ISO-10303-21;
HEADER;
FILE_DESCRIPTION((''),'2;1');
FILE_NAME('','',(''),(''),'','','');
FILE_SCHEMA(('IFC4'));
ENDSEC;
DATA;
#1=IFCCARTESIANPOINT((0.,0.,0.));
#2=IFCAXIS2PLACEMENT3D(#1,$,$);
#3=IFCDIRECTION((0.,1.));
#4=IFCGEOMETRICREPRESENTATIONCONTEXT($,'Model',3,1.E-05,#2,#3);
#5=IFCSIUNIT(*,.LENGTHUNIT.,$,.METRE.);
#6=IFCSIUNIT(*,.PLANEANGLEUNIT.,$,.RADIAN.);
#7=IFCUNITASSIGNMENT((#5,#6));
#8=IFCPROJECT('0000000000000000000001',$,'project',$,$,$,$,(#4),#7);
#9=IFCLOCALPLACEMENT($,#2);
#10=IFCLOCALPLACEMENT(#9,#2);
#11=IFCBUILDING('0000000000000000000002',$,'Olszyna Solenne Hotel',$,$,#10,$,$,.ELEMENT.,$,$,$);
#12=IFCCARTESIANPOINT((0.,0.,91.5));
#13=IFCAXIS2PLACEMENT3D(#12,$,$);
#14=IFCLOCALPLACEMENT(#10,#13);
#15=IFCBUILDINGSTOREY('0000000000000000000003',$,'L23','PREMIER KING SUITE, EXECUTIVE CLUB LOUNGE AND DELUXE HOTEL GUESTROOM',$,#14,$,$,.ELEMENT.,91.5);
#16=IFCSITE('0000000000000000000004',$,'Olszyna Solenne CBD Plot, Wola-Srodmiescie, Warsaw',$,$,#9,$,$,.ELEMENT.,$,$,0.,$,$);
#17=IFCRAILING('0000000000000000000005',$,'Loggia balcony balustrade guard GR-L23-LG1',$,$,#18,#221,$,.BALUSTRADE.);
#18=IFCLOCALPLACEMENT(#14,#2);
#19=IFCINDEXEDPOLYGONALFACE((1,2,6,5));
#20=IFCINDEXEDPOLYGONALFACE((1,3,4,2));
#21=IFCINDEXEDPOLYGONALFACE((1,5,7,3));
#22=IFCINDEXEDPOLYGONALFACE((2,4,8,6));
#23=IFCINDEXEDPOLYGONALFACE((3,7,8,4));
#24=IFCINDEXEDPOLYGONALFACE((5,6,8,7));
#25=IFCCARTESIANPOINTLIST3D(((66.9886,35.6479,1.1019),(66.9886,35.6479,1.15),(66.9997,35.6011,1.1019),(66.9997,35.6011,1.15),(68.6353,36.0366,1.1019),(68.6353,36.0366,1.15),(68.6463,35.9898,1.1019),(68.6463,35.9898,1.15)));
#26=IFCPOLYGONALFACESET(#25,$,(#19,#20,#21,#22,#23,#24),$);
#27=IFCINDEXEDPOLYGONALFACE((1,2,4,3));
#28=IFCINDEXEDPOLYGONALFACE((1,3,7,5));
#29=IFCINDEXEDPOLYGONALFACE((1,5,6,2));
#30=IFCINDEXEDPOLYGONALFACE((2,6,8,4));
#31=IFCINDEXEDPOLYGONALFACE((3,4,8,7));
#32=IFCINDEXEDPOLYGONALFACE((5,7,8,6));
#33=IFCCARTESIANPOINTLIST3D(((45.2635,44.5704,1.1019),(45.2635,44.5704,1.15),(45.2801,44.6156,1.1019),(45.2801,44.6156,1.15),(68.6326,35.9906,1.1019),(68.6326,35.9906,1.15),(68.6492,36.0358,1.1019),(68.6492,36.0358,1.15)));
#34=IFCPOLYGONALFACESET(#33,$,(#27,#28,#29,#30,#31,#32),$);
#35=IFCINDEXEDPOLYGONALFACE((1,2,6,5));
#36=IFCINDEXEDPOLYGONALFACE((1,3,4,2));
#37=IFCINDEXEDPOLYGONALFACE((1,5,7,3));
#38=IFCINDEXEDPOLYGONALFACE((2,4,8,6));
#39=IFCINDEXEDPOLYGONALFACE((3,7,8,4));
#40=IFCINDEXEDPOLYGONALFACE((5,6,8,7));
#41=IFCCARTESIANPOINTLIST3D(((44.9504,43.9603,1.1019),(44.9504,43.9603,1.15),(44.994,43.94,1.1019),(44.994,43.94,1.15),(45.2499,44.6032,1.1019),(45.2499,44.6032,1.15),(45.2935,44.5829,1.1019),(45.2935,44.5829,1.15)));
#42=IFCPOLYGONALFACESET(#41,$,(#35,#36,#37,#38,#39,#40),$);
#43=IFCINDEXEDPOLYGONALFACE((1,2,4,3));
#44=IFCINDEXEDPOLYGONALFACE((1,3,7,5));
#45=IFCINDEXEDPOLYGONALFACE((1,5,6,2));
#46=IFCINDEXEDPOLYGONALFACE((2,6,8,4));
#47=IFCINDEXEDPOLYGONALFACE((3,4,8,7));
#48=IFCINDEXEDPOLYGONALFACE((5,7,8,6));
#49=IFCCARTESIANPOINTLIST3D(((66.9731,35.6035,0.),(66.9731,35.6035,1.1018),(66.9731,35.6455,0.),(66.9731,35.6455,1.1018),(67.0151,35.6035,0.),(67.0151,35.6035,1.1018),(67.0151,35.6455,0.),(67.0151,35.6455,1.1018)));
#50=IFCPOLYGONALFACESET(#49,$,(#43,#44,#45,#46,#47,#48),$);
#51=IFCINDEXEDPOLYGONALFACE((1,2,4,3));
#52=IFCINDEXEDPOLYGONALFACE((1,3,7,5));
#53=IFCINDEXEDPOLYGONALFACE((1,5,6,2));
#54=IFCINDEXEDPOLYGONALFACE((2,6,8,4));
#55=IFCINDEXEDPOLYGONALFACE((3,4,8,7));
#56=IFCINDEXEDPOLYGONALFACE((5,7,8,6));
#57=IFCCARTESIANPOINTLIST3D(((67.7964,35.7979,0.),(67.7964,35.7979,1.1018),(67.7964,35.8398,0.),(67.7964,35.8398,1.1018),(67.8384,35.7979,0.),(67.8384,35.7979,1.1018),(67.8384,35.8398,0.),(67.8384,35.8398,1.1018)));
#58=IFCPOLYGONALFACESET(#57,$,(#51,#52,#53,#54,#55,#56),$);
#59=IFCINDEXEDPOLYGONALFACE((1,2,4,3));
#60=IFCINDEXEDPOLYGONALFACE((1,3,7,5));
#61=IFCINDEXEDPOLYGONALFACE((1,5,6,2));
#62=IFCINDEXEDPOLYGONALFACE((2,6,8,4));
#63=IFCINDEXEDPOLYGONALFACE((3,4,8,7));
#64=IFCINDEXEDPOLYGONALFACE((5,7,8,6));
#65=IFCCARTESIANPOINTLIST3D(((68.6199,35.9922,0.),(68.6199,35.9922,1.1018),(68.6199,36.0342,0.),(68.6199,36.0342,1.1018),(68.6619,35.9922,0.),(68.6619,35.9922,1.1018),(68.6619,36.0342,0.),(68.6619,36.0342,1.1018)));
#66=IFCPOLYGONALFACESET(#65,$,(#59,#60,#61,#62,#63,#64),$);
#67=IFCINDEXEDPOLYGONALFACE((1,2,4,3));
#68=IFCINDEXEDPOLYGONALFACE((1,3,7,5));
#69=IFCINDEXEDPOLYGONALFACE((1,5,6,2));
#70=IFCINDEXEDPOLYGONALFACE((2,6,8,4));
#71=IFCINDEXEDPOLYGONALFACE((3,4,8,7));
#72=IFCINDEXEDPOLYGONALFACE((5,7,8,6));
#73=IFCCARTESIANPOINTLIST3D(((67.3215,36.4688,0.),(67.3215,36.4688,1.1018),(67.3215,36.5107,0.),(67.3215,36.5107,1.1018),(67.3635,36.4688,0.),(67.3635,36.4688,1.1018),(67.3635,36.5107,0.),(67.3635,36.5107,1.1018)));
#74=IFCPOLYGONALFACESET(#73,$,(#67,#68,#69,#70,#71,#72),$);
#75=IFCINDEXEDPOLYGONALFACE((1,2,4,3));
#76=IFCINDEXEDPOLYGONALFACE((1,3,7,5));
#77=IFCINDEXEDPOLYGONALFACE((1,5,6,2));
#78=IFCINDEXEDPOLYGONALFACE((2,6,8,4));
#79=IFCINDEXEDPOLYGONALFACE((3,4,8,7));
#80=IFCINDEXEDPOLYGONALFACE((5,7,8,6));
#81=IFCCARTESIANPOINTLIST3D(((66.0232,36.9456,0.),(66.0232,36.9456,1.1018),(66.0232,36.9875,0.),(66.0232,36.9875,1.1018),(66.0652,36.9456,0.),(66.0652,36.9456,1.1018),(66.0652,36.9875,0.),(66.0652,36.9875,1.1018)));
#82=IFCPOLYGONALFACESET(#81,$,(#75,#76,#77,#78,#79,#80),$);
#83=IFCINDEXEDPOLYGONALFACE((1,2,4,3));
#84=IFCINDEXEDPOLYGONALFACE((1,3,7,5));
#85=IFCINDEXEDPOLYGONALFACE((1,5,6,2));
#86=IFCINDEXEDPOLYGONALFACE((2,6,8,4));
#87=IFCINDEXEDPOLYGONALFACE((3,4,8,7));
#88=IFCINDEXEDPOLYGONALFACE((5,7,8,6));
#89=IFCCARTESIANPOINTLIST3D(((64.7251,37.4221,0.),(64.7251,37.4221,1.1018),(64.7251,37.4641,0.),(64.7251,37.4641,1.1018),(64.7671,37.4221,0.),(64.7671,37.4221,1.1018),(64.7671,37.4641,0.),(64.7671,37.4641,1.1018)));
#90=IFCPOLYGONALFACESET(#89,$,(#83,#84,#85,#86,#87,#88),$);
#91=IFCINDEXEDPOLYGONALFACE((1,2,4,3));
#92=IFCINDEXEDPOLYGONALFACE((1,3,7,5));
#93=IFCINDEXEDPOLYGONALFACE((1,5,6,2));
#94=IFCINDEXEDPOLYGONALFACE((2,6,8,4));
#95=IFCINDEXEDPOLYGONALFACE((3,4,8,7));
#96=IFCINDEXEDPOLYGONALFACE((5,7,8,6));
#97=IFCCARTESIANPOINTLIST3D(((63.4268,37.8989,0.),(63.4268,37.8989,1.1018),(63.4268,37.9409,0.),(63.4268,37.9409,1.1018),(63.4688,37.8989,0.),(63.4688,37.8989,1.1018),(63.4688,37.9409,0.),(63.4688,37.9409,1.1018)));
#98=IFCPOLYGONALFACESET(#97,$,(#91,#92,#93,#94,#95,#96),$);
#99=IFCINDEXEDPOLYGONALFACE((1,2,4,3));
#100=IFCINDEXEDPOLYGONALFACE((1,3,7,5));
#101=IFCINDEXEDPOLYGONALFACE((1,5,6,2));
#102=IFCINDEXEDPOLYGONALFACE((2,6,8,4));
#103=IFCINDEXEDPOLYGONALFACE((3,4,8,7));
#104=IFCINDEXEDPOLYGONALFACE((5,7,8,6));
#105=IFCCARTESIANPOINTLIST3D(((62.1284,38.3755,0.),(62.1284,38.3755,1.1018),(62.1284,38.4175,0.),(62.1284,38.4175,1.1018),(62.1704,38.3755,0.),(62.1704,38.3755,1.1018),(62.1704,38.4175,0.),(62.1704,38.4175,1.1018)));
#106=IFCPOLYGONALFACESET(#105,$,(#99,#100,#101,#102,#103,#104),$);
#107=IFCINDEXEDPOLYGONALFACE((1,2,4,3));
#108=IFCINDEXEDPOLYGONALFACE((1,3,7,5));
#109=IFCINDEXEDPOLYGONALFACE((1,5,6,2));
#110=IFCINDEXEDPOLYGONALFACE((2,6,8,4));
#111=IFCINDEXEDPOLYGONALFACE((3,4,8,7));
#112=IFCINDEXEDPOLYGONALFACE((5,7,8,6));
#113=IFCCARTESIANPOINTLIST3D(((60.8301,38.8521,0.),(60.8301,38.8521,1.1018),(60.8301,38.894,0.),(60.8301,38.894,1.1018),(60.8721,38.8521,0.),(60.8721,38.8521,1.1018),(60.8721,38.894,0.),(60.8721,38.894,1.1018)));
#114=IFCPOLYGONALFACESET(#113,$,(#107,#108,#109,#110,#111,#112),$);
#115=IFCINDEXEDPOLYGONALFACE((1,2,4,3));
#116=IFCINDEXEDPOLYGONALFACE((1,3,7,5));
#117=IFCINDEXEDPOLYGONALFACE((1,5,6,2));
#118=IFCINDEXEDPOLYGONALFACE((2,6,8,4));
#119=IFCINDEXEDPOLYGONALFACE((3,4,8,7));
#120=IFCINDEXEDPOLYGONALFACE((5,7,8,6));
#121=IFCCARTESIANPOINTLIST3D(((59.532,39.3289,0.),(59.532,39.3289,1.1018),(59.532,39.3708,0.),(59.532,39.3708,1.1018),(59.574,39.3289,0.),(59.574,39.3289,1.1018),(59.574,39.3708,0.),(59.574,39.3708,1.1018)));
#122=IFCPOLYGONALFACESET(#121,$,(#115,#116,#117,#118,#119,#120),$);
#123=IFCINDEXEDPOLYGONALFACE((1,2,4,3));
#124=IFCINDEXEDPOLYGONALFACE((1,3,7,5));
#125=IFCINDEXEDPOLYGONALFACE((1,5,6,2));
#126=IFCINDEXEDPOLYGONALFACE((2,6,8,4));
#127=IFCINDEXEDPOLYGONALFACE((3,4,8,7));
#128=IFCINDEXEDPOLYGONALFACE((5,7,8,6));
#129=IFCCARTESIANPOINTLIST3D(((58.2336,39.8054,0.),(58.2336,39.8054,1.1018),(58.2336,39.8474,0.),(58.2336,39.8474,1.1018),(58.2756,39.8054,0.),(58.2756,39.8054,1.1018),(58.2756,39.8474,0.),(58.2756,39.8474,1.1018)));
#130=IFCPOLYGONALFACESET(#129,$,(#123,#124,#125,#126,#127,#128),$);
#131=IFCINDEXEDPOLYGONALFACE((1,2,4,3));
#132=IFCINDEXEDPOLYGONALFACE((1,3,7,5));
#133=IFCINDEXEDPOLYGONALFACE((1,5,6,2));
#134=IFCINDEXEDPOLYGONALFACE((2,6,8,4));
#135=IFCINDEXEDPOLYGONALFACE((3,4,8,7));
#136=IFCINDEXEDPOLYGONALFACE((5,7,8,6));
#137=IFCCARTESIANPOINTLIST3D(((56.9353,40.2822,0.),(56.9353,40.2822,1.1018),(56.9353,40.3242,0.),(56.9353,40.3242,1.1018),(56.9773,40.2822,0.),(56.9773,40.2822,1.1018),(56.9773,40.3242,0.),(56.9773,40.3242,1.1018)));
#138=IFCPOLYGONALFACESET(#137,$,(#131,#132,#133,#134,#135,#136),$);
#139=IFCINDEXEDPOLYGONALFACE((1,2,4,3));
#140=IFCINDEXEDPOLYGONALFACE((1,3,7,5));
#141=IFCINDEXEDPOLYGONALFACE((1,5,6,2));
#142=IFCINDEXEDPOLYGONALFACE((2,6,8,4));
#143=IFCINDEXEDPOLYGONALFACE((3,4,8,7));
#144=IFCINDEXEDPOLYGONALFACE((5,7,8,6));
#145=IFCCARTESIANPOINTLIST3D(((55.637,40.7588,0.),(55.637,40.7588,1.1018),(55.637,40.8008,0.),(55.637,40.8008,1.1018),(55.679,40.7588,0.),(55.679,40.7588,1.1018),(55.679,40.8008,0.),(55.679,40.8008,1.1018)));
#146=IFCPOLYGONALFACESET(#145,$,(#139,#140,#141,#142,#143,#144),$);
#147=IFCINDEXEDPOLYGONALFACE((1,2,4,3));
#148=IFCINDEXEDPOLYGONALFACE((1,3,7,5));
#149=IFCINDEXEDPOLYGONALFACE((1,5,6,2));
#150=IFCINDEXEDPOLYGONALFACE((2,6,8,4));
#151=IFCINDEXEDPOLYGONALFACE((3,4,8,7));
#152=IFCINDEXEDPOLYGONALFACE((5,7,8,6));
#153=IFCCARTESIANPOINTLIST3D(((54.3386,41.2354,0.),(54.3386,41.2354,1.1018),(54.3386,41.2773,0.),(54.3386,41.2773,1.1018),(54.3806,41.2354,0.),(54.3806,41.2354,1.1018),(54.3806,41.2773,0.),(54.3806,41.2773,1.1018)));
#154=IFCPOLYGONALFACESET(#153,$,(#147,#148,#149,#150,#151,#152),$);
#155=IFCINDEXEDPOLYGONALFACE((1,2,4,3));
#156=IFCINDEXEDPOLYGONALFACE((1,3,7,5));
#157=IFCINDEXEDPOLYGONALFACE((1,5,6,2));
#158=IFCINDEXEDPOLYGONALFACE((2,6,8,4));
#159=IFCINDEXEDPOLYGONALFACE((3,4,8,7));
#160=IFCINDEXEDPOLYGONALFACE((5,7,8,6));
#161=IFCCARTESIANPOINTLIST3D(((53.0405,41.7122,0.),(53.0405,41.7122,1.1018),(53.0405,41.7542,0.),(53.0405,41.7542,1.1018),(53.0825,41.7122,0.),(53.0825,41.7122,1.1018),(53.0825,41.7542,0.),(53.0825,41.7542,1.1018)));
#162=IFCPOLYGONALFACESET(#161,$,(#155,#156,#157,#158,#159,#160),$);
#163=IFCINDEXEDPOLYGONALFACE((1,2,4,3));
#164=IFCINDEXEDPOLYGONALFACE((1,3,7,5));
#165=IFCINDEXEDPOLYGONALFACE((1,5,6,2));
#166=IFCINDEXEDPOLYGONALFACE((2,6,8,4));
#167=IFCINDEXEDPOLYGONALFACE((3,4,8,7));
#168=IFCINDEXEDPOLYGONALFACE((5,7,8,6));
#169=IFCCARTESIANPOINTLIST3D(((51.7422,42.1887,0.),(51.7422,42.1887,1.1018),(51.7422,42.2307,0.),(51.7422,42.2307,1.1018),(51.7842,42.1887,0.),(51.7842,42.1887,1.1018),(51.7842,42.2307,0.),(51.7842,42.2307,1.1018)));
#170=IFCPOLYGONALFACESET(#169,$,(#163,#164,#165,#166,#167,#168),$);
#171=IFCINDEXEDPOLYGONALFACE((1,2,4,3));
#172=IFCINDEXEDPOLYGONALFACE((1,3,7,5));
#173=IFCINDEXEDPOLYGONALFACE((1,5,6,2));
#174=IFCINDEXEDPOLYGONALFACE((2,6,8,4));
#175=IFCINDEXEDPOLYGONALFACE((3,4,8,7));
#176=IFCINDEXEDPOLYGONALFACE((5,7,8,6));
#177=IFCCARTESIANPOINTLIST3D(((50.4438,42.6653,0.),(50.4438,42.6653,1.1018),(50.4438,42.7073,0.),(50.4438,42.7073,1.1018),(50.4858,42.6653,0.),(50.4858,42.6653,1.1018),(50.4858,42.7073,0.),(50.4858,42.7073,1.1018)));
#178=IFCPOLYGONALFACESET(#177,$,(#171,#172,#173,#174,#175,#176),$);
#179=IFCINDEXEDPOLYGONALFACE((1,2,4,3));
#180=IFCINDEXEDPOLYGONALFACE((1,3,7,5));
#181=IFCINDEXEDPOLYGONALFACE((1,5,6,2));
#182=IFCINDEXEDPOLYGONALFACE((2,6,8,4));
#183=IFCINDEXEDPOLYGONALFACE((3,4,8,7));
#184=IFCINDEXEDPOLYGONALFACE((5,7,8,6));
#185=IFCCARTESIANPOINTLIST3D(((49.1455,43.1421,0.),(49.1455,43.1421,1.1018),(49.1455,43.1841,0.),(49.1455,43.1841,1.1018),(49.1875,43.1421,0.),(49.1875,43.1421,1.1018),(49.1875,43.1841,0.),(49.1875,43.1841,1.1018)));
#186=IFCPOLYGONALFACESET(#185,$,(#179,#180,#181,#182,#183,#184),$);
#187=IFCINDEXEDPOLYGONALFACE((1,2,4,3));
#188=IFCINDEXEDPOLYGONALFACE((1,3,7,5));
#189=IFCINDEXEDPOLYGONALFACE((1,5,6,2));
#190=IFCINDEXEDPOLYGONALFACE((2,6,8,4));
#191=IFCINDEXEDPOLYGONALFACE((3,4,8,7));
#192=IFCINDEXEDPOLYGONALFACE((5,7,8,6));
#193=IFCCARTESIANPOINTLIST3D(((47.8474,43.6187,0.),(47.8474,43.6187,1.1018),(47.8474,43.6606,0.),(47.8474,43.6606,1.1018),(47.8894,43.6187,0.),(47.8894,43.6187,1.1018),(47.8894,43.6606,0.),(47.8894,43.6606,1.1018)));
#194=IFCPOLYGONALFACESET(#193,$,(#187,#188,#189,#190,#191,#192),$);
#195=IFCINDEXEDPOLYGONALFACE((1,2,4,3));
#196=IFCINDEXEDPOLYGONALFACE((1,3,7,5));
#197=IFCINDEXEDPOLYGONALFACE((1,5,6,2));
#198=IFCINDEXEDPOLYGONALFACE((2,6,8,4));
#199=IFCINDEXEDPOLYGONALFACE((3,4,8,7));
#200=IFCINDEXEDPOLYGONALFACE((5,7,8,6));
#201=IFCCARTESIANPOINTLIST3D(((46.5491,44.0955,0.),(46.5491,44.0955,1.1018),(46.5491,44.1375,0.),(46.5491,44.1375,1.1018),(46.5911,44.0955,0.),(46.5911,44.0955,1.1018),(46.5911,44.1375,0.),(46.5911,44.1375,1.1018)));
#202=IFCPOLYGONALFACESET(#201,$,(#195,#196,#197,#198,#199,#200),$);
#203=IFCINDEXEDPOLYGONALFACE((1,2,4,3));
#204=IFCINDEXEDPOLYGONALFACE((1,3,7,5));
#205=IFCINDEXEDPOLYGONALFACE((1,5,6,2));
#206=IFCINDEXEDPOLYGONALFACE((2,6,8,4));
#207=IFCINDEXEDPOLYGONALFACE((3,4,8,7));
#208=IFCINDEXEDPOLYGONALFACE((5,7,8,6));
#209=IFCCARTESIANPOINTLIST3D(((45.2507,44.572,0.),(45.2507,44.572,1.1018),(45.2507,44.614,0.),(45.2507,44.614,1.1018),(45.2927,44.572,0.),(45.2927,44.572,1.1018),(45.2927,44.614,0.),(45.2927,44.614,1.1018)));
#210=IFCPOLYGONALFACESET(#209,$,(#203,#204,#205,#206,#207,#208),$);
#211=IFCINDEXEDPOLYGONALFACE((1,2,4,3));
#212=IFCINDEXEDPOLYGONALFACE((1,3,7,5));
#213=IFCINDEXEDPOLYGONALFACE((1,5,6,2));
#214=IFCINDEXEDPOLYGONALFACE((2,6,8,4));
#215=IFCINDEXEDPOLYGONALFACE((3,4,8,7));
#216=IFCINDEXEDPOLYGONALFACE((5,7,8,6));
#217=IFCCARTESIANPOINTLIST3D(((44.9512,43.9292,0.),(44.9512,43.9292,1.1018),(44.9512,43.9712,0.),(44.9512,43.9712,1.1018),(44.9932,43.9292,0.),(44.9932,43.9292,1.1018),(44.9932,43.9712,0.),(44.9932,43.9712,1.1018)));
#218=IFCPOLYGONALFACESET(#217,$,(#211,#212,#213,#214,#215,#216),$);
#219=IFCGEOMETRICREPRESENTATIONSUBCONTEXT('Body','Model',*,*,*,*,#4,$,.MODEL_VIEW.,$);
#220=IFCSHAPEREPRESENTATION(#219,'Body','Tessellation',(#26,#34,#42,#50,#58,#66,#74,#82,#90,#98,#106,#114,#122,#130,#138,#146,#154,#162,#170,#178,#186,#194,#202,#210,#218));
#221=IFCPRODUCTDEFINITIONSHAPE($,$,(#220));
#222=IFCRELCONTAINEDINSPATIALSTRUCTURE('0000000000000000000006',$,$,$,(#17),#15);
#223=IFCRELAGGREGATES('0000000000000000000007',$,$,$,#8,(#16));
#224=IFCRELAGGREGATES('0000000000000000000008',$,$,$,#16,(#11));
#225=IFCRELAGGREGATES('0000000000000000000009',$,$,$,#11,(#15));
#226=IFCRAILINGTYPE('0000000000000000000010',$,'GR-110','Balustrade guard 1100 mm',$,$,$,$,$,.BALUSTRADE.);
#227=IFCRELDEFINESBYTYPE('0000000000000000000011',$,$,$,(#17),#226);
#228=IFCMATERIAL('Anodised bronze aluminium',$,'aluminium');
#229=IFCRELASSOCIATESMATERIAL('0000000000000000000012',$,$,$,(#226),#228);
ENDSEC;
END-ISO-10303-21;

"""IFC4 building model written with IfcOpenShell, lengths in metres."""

from ifc_helpers import new_model, si_unit, direction, frame, origin, origin_2d, place, context, subcontext, project, spatial, rectangle, extrude, material, type_object, element, save


model = new_model("IFC4")

# Units and contexts
model_context = context("Model", 3, precision=1e-05, world=origin(), true_north=direction((0.0, 1.0)))
body_context = subcontext(model_context, "Body", "Model", "MODEL_VIEW")
ifc_project = project(units=[si_unit("LENGTHUNIT", "METRE"), si_unit("PLANEANGLEUNIT", "RADIAN")], contexts=[model_context])

# Site, building, storey
site_placement = place(None, origin())
site = spatial("IfcSite", under=ifc_project, at=site_placement, Name="Olszyna Solenne CBD Plot, Wola-Srodmiescie, Warsaw", CompositionType="ELEMENT", RefElevation=0.0)
building_placement = place(site_placement, origin())
building = spatial("IfcBuilding", under=site, at=building_placement, Name="Olszyna Solenne Hotel", CompositionType="ELEMENT")
storey_placement = place(building_placement, frame((0.0, 0.0, 91.5)))
storey = spatial("IfcBuildingStorey", under=building, at=storey_placement, Name="L23", Description="PREMIER KING SUITE, EXECUTIVE CLUB LOUNGE AND DELUXE HOTEL GUESTROOM", CompositionType="ELEMENT", Elevation=91.5)

# Shared definitions
ifc_material_1 = material(Name="Anodised bronze aluminium", Category="aluminium")

# Railing
railing_type = type_object("IfcRailingType", Name="GR-110", Description="Balustrade guard 1100 mm", PredefinedType="BALUSTRADE", material=ifc_material_1)
railing_placement = place(storey_placement, frame((66.9941, 35.6245, 0.0)))
element("IfcRailing", 1, at=railing_placement, inside=storey, type_object=railing_type, Name="Loggia balcony balustrade guard GR-L23-LG1", PredefinedType="BALUSTRADE", context=body_context, shape_type="SweptSolid", body=[
    extrude(rectangle(XDim=0.0481, YDim=0.0481, at=origin_2d()), frame((0.0, 0.0, 1.126), z_axis=(0.973258, 0.229715, 0.0), x_axis=(-0.229715, 0.973258, 0.0)), (0.0, 0.0, 1.0), 1.6919),
    extrude(rectangle(XDim=0.0481, YDim=0.0481, at=origin_2d()), frame((1.6467, 0.3887, 1.126), z_axis=(-0.938731, 0.344649, 0.0), x_axis=(-0.344649, -0.938731, 0.0)), (0.0, 0.0, 1.0), 24.8943),
    extrude(rectangle(XDim=0.0481, YDim=0.0481, at=origin_2d()), frame((-21.7224, 8.9685, 1.126), z_axis=(-0.422395, -0.906412, 0.0), x_axis=(0.906412, -0.422395, 0.0)), (0.0, 0.0, 1.0), 0.7092),
    extrude(rectangle(XDim=0.042, YDim=0.042, at=origin_2d()), origin(), (0.0, 0.0, 1.0), 1.1018),
    extrude(rectangle(XDim=0.042, YDim=0.042, at=origin_2d()), frame((0.8232, 0.1943, 0.0)), (0.0, 0.0, 1.0), 1.1018),
    extrude(rectangle(XDim=0.042, YDim=0.042, at=origin_2d()), frame((1.6467, 0.3887, 0.0)), (0.0, 0.0, 1.0), 1.1018),
    extrude(rectangle(XDim=0.042, YDim=0.042, at=origin_2d()), frame((0.3484, 0.8652, 0.0)), (0.0, 0.0, 1.0), 1.1018),
    extrude(rectangle(XDim=0.042, YDim=0.042, at=origin_2d()), frame((-0.95, 1.342, 0.0)), (0.0, 0.0, 1.0), 1.1018),
    extrude(rectangle(XDim=0.042, YDim=0.042, at=origin_2d()), frame((-2.248, 1.8186, 0.0)), (0.0, 0.0, 1.0), 1.1018),
    extrude(rectangle(XDim=0.042, YDim=0.042, at=origin_2d()), frame((-3.5464, 2.2954, 0.0)), (0.0, 0.0, 1.0), 1.1018),
    extrude(rectangle(XDim=0.042, YDim=0.042, at=origin_2d()), frame((-4.8447, 2.772, 0.0)), (0.0, 0.0, 1.0), 1.1018),
    extrude(rectangle(XDim=0.042, YDim=0.042, at=origin_2d()), frame((-6.1431, 3.2485, 0.0)), (0.0, 0.0, 1.0), 1.1018),
    extrude(rectangle(XDim=0.042, YDim=0.042, at=origin_2d()), frame((-7.4412, 3.7253, 0.0)), (0.0, 0.0, 1.0), 1.1018),
    extrude(rectangle(XDim=0.042, YDim=0.042, at=origin_2d()), frame((-8.7395, 4.2019, 0.0)), (0.0, 0.0, 1.0), 1.1018),
    extrude(rectangle(XDim=0.042, YDim=0.042, at=origin_2d()), frame((-10.0378, 4.6787, 0.0)), (0.0, 0.0, 1.0), 1.1018),
    extrude(rectangle(XDim=0.042, YDim=0.042, at=origin_2d()), frame((-11.3362, 5.1553, 0.0)), (0.0, 0.0, 1.0), 1.1018),
    extrude(rectangle(XDim=0.042, YDim=0.042, at=origin_2d()), frame((-12.6345, 5.6318, 0.0)), (0.0, 0.0, 1.0), 1.1018),
    extrude(rectangle(XDim=0.042, YDim=0.042, at=origin_2d()), frame((-13.9326, 6.1086, 0.0)), (0.0, 0.0, 1.0), 1.1018),
    extrude(rectangle(XDim=0.042, YDim=0.042, at=origin_2d()), frame((-15.231, 6.5852, 0.0)), (0.0, 0.0, 1.0), 1.1018),
    extrude(rectangle(XDim=0.042, YDim=0.042, at=origin_2d()), frame((-16.5293, 7.0618, 0.0)), (0.0, 0.0, 1.0), 1.1018),
    extrude(rectangle(XDim=0.042, YDim=0.042, at=origin_2d()), frame((-17.8276, 7.5386, 0.0)), (0.0, 0.0, 1.0), 1.1018),
    extrude(rectangle(XDim=0.042, YDim=0.042, at=origin_2d()), frame((-19.1257, 8.0151, 0.0)), (0.0, 0.0, 1.0), 1.1018),
    extrude(rectangle(XDim=0.042, YDim=0.042, at=origin_2d()), frame((-20.4241, 8.4919, 0.0)), (0.0, 0.0, 1.0), 1.1018),
    extrude(rectangle(XDim=0.042, YDim=0.042, at=origin_2d()), frame((-21.7224, 8.9685, 0.0)), (0.0, 0.0, 1.0), 1.1018),
    extrude(rectangle(XDim=0.042, YDim=0.042, at=origin_2d()), frame((-22.022, 8.3257, 0.0)), (0.0, 0.0, 1.0), 1.1018),
])

save(model, "model.ifc")
